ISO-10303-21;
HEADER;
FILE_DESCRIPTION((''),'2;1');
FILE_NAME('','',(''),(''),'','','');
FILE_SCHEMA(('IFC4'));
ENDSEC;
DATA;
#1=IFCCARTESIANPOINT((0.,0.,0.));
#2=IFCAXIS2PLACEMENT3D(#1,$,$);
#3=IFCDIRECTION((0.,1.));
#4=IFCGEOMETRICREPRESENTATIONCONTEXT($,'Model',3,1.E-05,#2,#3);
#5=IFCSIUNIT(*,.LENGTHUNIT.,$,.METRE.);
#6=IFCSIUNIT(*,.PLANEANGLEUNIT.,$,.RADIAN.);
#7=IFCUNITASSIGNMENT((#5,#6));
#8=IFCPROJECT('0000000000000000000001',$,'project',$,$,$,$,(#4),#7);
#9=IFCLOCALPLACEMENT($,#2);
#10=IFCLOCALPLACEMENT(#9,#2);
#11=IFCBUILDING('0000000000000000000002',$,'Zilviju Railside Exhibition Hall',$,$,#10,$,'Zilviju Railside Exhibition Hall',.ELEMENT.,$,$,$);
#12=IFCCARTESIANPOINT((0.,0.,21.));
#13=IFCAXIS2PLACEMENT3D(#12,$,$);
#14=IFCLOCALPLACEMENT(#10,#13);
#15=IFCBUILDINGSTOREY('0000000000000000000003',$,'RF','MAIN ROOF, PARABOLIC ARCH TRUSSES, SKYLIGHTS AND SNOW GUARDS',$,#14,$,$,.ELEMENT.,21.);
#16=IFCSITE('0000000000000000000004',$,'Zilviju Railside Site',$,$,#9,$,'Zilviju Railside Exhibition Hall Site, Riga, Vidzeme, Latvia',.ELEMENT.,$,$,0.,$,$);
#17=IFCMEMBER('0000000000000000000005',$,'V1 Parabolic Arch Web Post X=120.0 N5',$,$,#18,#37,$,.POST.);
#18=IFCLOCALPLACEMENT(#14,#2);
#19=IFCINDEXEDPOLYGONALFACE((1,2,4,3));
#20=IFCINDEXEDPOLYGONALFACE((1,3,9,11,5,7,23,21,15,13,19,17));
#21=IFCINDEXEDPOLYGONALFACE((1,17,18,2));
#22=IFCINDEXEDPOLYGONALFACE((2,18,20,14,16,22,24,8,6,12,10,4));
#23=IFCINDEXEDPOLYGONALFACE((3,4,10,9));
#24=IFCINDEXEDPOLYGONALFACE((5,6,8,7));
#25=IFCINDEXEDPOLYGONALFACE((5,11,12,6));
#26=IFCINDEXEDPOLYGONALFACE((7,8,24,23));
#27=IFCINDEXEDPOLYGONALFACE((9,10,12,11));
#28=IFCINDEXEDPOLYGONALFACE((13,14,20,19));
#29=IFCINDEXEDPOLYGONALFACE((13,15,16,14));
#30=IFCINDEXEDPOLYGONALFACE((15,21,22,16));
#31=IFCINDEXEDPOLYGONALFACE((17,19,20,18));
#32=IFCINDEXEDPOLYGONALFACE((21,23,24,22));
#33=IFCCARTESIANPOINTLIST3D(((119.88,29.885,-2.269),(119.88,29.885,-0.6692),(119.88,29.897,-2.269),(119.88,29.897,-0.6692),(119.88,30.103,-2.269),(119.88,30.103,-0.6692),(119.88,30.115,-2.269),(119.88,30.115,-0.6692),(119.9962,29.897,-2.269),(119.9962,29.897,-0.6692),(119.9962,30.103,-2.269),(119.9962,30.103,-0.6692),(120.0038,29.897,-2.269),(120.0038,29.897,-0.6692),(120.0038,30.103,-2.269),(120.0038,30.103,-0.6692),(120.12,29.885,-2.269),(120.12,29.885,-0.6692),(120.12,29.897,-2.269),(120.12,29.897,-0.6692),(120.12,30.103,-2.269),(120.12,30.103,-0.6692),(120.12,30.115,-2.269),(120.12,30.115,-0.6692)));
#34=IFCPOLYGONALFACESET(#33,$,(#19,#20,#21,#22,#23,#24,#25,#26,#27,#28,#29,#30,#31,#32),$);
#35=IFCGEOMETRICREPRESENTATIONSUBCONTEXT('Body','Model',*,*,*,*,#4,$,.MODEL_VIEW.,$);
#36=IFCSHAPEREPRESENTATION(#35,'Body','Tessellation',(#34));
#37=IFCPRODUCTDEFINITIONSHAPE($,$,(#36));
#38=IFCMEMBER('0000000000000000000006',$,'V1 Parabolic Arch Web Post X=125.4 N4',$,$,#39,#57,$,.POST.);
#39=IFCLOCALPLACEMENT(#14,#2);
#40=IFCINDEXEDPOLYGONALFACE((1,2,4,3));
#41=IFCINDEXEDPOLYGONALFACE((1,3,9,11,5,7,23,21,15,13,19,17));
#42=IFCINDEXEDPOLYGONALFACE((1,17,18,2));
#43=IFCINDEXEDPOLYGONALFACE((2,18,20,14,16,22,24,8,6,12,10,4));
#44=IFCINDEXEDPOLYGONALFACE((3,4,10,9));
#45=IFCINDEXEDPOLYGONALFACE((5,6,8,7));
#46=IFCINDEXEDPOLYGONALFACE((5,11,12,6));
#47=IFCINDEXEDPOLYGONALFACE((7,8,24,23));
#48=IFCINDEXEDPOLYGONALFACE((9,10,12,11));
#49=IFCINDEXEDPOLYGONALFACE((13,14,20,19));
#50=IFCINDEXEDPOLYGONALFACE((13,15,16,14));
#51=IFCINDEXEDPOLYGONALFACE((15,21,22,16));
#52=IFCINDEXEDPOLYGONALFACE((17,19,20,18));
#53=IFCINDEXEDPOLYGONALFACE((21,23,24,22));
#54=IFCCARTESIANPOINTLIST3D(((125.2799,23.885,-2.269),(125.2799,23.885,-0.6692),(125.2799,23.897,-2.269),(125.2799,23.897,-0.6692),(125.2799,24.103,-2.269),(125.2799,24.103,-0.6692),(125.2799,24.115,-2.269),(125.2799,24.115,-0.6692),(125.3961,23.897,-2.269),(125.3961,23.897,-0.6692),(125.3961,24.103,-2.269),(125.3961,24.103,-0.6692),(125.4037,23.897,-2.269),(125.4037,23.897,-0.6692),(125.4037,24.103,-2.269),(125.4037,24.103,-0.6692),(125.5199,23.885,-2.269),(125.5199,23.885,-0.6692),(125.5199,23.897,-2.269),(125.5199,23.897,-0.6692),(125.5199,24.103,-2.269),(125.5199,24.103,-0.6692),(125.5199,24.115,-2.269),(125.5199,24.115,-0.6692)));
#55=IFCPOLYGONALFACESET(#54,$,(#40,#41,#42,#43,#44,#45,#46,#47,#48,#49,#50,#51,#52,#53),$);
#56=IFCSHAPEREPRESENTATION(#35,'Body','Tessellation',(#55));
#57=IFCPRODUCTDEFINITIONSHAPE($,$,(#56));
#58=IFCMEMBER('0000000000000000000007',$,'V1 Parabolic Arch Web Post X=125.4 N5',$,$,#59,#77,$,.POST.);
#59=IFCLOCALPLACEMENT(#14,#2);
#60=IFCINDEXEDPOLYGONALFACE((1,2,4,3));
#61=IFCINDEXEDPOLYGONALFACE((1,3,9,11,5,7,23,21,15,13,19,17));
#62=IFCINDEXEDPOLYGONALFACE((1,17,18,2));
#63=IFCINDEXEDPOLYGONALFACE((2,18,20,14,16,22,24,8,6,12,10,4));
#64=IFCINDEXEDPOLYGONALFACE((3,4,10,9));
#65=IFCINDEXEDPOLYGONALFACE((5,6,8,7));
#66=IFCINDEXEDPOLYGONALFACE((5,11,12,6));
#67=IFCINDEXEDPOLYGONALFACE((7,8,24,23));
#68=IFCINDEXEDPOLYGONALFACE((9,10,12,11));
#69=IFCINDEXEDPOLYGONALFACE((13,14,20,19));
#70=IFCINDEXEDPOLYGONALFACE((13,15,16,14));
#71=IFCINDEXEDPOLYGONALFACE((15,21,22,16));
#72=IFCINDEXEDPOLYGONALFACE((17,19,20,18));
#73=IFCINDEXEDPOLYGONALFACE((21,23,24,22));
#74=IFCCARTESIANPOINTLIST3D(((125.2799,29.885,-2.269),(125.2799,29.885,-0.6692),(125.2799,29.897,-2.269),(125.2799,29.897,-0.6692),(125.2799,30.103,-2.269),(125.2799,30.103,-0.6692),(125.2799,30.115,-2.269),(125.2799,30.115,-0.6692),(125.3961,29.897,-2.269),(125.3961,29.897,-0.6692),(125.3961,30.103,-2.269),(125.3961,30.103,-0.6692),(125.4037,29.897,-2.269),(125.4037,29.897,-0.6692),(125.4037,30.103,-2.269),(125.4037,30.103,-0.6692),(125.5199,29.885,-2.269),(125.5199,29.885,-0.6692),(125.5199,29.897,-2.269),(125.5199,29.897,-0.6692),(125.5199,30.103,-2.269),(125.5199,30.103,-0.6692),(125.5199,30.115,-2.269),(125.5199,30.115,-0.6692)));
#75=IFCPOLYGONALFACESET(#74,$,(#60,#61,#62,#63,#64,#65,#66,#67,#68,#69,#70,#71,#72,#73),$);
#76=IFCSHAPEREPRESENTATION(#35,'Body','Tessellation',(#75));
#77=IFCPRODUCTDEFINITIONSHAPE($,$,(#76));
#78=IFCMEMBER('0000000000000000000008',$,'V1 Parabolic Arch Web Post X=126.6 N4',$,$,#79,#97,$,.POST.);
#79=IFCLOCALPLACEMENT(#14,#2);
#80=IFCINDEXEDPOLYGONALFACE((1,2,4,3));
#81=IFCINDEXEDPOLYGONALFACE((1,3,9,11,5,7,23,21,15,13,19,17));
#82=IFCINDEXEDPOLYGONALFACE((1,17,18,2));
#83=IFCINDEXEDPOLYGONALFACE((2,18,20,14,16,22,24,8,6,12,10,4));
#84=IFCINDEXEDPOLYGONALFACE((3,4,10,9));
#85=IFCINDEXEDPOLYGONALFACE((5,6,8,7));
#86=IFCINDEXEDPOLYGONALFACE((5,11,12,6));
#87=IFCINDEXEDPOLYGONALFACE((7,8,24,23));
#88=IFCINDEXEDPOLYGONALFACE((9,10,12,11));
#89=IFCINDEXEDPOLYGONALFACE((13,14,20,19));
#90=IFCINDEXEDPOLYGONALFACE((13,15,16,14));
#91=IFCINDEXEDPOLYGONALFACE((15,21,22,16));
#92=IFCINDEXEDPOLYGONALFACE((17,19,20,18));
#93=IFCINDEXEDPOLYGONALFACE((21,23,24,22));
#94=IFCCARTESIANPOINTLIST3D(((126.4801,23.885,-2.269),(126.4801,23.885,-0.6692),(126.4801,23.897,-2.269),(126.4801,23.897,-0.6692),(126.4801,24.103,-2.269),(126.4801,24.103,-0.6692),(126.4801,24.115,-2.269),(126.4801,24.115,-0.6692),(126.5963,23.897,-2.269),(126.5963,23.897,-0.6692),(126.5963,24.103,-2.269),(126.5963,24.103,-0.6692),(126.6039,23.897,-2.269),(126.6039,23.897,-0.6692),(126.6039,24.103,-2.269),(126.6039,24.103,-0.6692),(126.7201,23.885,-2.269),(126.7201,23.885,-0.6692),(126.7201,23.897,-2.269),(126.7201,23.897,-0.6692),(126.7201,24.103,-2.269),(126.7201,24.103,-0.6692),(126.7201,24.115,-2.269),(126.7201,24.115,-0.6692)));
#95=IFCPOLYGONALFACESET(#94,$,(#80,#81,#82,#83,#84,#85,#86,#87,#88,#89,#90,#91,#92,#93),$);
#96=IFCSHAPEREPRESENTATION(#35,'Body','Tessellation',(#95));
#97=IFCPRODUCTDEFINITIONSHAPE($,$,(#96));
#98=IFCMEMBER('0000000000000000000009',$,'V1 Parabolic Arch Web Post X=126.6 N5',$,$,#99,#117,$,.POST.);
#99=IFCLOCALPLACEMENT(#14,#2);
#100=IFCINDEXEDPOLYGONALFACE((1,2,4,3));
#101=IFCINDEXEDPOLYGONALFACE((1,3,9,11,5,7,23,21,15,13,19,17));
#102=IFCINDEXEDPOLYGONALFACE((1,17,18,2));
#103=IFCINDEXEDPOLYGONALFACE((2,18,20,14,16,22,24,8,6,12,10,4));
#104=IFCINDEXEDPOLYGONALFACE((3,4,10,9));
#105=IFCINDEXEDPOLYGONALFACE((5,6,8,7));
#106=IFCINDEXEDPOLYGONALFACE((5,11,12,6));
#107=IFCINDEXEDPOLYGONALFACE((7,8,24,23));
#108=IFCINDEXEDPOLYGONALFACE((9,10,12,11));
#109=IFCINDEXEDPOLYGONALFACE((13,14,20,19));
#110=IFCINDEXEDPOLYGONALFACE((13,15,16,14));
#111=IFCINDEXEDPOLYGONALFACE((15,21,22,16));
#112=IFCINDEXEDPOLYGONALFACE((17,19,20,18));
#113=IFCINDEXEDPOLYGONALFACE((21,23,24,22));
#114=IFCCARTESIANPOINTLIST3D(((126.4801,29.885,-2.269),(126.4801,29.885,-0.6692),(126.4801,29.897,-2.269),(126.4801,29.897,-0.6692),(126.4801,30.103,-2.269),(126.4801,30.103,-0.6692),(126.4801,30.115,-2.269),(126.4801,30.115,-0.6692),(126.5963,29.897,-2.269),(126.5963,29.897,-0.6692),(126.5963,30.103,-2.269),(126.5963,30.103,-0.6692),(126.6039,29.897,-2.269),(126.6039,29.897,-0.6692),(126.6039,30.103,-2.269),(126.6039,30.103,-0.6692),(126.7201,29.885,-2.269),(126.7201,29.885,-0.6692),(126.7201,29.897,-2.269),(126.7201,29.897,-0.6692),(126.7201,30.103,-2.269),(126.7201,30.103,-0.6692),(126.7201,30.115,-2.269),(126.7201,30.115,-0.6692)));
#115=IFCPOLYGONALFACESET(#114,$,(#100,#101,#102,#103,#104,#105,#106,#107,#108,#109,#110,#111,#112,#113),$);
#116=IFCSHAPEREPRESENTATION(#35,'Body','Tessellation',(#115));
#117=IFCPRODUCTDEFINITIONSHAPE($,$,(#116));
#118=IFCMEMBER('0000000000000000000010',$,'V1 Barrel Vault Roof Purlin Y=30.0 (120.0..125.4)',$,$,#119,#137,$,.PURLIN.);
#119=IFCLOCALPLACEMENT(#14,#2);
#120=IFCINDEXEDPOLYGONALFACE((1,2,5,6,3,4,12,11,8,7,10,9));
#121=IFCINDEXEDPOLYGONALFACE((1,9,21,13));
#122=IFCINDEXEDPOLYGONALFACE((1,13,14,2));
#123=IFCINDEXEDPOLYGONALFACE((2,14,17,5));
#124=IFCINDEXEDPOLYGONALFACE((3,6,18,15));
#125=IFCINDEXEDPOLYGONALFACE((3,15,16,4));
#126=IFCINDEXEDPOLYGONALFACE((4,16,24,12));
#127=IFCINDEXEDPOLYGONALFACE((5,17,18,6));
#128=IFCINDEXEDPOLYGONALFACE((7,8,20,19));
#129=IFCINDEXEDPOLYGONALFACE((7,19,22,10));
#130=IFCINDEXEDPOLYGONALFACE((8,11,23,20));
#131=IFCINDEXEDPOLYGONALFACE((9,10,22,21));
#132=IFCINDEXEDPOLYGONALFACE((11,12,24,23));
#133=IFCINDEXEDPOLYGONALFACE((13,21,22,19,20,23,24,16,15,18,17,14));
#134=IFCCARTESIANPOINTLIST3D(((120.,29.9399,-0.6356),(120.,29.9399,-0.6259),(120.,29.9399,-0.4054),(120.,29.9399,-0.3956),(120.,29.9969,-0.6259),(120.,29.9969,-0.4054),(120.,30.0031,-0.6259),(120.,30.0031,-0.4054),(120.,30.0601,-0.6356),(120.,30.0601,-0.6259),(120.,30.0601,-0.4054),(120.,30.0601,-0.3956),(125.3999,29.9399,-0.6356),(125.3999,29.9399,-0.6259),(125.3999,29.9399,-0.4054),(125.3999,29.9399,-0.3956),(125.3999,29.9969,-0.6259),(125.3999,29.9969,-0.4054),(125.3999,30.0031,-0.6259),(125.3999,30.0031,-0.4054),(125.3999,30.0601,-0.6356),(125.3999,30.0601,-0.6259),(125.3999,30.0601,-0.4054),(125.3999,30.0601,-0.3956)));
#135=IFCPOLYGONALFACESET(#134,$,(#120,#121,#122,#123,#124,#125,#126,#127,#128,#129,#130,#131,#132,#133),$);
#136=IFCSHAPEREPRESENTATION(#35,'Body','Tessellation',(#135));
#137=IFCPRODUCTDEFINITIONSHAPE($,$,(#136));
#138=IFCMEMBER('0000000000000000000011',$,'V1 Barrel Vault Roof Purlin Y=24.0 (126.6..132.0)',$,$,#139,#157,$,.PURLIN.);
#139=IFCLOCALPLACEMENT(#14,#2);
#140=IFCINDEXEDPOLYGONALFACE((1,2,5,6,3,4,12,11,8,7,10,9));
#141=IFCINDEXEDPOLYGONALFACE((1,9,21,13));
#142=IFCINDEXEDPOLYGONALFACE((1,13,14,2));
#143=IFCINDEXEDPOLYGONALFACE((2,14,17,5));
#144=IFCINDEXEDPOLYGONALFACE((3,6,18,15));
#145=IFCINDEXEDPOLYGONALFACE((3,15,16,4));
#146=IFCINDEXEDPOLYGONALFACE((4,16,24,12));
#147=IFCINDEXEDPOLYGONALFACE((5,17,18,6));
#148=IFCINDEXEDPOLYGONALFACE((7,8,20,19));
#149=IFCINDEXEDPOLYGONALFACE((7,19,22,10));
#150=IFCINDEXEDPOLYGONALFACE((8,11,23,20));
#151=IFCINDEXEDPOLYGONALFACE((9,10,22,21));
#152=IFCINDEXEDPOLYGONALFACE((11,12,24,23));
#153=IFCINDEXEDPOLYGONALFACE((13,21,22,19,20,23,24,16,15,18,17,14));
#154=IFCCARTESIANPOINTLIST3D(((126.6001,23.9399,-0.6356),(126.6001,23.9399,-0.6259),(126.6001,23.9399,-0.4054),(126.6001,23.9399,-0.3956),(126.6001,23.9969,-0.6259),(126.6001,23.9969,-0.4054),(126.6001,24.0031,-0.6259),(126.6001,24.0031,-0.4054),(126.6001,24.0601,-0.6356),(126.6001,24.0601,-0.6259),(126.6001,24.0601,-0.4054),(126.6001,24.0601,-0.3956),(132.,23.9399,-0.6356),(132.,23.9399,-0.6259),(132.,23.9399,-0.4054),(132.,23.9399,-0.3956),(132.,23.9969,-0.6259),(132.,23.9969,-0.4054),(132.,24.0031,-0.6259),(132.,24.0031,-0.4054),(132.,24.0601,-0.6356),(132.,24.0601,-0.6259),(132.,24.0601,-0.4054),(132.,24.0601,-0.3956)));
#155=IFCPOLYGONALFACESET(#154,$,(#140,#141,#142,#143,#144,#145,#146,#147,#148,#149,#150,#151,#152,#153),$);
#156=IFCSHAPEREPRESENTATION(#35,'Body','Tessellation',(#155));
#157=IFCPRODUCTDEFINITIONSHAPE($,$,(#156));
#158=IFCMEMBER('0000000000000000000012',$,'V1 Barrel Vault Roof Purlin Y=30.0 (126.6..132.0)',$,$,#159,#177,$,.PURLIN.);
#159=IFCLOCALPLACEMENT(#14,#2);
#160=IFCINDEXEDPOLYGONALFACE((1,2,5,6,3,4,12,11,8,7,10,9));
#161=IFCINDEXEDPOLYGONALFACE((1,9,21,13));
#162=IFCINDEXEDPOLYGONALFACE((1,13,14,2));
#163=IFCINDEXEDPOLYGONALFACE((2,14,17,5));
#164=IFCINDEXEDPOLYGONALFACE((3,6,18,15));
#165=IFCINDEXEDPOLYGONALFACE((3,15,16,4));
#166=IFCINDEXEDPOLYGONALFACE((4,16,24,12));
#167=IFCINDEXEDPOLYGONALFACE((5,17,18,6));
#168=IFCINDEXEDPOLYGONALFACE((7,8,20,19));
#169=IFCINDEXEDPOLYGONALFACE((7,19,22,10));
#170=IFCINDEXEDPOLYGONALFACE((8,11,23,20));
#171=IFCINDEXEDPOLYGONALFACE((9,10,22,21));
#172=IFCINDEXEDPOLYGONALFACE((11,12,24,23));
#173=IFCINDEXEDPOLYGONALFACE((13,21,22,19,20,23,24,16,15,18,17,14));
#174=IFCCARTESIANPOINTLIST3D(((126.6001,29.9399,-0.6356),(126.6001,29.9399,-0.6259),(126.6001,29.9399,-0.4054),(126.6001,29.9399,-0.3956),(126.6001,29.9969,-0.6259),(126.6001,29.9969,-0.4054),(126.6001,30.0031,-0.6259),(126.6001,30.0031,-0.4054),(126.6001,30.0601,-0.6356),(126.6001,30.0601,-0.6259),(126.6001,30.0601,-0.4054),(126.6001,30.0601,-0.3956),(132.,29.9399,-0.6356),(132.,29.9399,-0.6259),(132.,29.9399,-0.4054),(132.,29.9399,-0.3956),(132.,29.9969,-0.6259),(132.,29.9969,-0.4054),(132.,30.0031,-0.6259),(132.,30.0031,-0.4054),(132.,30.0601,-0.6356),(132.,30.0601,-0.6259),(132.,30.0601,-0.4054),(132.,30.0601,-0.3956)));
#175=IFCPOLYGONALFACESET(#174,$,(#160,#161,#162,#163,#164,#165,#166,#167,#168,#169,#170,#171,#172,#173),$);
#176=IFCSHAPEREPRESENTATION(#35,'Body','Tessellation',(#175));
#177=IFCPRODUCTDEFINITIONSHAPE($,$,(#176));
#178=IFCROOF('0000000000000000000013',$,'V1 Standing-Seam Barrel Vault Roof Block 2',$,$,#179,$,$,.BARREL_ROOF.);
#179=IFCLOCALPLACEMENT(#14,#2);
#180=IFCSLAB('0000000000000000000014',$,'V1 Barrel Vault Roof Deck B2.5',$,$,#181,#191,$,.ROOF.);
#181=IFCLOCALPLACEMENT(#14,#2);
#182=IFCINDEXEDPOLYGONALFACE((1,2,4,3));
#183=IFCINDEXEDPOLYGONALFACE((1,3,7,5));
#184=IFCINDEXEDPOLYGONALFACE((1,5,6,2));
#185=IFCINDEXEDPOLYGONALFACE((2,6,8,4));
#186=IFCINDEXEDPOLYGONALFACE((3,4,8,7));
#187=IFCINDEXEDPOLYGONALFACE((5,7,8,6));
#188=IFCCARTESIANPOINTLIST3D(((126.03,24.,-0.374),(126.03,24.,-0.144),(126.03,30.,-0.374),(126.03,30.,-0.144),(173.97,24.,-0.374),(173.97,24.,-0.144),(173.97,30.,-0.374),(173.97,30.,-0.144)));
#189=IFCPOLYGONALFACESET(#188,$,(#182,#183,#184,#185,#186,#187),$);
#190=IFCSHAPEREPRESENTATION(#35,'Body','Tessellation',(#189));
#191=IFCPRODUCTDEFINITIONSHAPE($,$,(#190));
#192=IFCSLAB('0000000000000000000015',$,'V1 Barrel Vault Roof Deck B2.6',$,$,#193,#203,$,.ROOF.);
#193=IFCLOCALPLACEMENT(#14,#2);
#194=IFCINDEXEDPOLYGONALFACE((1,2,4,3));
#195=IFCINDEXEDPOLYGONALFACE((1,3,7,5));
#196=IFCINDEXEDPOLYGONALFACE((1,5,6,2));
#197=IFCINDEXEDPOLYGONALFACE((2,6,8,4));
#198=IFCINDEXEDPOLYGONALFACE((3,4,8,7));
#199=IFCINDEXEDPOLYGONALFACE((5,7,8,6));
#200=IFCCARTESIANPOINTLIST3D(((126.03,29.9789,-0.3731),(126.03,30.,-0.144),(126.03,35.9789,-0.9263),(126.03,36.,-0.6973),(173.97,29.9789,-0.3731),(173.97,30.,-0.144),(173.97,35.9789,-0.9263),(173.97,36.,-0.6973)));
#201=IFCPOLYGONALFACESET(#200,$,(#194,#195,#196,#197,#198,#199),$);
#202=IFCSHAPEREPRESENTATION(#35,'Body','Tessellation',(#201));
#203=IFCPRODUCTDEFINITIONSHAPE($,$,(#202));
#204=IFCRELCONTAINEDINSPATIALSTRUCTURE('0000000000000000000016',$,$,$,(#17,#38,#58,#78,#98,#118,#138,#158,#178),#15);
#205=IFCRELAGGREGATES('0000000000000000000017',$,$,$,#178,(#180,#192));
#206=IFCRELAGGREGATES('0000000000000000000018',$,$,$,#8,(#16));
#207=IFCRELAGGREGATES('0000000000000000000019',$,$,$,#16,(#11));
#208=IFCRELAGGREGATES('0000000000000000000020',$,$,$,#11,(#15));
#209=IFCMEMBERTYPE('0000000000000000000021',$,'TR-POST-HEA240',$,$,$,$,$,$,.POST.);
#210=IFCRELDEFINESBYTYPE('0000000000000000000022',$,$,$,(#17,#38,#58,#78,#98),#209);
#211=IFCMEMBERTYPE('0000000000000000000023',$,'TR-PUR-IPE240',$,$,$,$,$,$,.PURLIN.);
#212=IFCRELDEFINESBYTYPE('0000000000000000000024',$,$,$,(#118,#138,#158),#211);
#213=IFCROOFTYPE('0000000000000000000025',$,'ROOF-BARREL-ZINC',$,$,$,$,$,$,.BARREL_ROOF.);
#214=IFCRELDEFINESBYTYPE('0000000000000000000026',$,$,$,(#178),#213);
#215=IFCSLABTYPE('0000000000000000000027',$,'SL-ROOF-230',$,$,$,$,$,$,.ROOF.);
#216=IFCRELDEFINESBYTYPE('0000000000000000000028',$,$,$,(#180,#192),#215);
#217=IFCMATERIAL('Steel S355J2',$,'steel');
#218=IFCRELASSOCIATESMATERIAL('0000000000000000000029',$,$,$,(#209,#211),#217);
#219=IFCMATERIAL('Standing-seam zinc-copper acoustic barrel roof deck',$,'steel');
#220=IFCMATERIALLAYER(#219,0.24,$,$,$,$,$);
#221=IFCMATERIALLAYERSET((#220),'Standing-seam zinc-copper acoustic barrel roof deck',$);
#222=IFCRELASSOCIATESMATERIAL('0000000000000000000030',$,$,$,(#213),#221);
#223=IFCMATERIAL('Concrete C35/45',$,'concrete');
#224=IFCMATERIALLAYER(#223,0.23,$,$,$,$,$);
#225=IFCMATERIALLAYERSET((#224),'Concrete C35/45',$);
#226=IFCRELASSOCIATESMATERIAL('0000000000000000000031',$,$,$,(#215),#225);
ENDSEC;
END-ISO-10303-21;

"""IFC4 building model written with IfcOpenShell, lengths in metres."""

from ifc_helpers import new_model, si_unit, direction, frame, origin, origin_2d, place, context, subcontext, project, spatial, polyline, i_section, outline, extrude, material, layer, layer_set, material_profile, profile_set, type_object, element, aggregate, save


model = new_model("IFC4")

# Units and contexts
model_context = context("Model", 3, precision=1e-05, world=origin(), true_north=direction((0.0, 1.0)))
body_context = subcontext(model_context, "Body", "Model", "MODEL_VIEW")
ifc_project = project(units=[si_unit("LENGTHUNIT", "METRE"), si_unit("PLANEANGLEUNIT", "RADIAN")], contexts=[model_context])

# Site, building, storey
site_placement = place(None, origin())
site = spatial("IfcSite", under=ifc_project, at=site_placement, Name="Zilviju Railside Site", LongName="Zilviju Railside Exhibition Hall Site, Riga, Vidzeme, Latvia", CompositionType="ELEMENT", RefElevation=0.0)
building_placement = place(site_placement, origin())
building = spatial("IfcBuilding", under=site, at=building_placement, Name="Zilviju Railside Exhibition Hall", LongName="Zilviju Railside Exhibition Hall", CompositionType="ELEMENT")
storey_placement = place(building_placement, frame((0.0, 0.0, 21.0)))
storey = spatial("IfcBuildingStorey", under=building, at=storey_placement, Name="RF", Description="MAIN ROOF, PARABOLIC ARCH TRUSSES, SKYLIGHTS AND SNOW GUARDS", CompositionType="ELEMENT", Elevation=21.0)

# Members
ifc_material_1 = material(Name="Steel S355J2", Category="steel")
ifc_material_profile_1 = material_profile(ifc_material_1, i_section(OverallWidth=0.24, OverallDepth=0.23, WebThickness=0.0076, FlangeThickness=0.012, at=origin_2d()), Name="HEA 240")
ifc_profile_set_1 = profile_set([ifc_material_profile_1], Name="Steel S355J2")
member_type_1 = type_object("IfcMemberType", Name="TR-POST-HEA240", PredefinedType="POST", material=ifc_profile_set_1)
for number, where, z_axis, x_axis, name in (
    (1, (120.0, 30.0, -2.269), (0.0, 0.0, 1.0), (1.0, 0.0, 0.0), "V1 Parabolic Arch Web Post X=120.0 N5"),
    (2, (125.3999, 24.0, -2.269), (0.0, 0.0, 1.0), (1.0, 0.0, 0.0), "V1 Parabolic Arch Web Post X=125.4 N4"),
    (3, (125.3999, 30.0, -2.269), (0.0, 0.0, 1.0), (1.0, 0.0, 0.0), "V1 Parabolic Arch Web Post X=125.4 N5"),
    (4, (126.6001, 24.0, -2.269), (0.0, 0.0, 1.0), (1.0, 0.0, 0.0), "V1 Parabolic Arch Web Post X=126.6 N4"),
    (5, (126.6001, 30.0, -2.269), (0.0, 0.0, 1.0), (1.0, 0.0, 0.0), "V1 Parabolic Arch Web Post X=126.6 N5"),
):
    element("IfcMember", number, at=place(storey_placement, frame(where, z_axis=z_axis, x_axis=x_axis)), inside=storey, type_object=member_type_1, Name=name, PredefinedType="POST", context=body_context, shape_type="SweptSolid", body=[
        extrude(i_section(OverallWidth=0.24, OverallDepth=0.23, WebThickness=0.0076, FlangeThickness=0.012, at=origin_2d()), origin(), (0.0, 0.0, 1.0), 1.5999),
    ])
ifc_material_profile_2 = material_profile(ifc_material_1, i_section(OverallWidth=0.1201, OverallDepth=0.24, WebThickness=0.0061, FlangeThickness=0.0098, at=origin_2d()), Name="IPE 240")
ifc_profile_set_2 = profile_set([ifc_material_profile_2], Name="Steel S355J2")
member_type_2 = type_object("IfcMemberType", Name="TR-PUR-IPE240", PredefinedType="PURLIN", material=ifc_profile_set_2)
for number, where, z_axis, x_axis, name in (
    (6, (120.0, 30.0, -0.5156), (1.0, 0.0, 0.0), (0.0, 1.0, 0.0), "V1 Barrel Vault Roof Purlin Y=30.0 (120.0..125.4)"),
    (7, (126.6001, 24.0, -0.5156), (1.0, 0.0, 0.0), (0.0, 1.0, 0.0), "V1 Barrel Vault Roof Purlin Y=24.0 (126.6..132.0)"),
    (8, (126.6001, 30.0, -0.5156), (1.0, 0.0, 0.0), (0.0, 1.0, 0.0), "V1 Barrel Vault Roof Purlin Y=30.0 (126.6..132.0)"),
):
    element("IfcMember", number, at=place(storey_placement, frame(where, z_axis=z_axis, x_axis=x_axis)), inside=storey, type_object=member_type_2, Name=name, PredefinedType="PURLIN", context=body_context, shape_type="SweptSolid", body=[
        extrude(i_section(OverallWidth=0.1201, OverallDepth=0.24, WebThickness=0.0061, FlangeThickness=0.0098, at=origin_2d()), origin(), (0.0, 0.0, 1.0), 5.3999),
    ])

# Roof, slabs
ifc_material_2 = material(Name="Standing-seam zinc-copper acoustic barrel roof deck", Category="steel")
ifc_layer_1 = layer(ifc_material_2, 0.24)
ifc_layer_set_1 = layer_set([ifc_layer_1], Name="Standing-seam zinc-copper acoustic barrel roof deck")
roof_type = type_object("IfcRoofType", Name="ROOF-BARREL-ZINC", PredefinedType="BARREL_ROOF", material=ifc_layer_set_1)
roof_placement = place(storey_placement, origin())
roof = element("IfcRoof", 9, at=roof_placement, inside=storey, type_object=roof_type, Name="V1 Standing-Seam Barrel Vault Roof Block 2", PredefinedType="BARREL_ROOF")
ifc_material_3 = material(Name="Concrete C35/45", Category="concrete")
ifc_layer_2 = layer(ifc_material_3, 0.23)
ifc_layer_set_2 = layer_set([ifc_layer_2], Name="Concrete C35/45")
slab_type = type_object("IfcSlabType", Name="SL-ROOF-230", PredefinedType="ROOF", material=ifc_layer_set_2)
slab_1_placement = place(storey_placement, frame((126.03, 24.0, -0.144), z_axis=(0.0, 0.0, 1.0), x_axis=(1.0, 0.0, 0.0)))
slab_1 = element("IfcSlab", 10, at=slab_1_placement, type_object=slab_type, Name="V1 Barrel Vault Roof Deck B2.5", PredefinedType="ROOF", context=body_context, shape_type="SweptSolid", body=[
    extrude(outline(polyline([(0.0, 0.0), (47.9399, 0.0), (47.9399, 6.0), (0.0, 6.0), (0.0, 0.0)])), origin(), (0.0, 0.0, -1.0), 0.23),
])
slab_2_placement = place(storey_placement, frame((126.03, 30.0, -0.144), z_axis=(0.0, 0.091814, 0.995776), x_axis=(1.0, 0.0, 0.0)))
slab_2 = element("IfcSlab", 11, at=slab_2_placement, type_object=slab_type, Name="V1 Barrel Vault Roof Deck B2.6", PredefinedType="ROOF", context=body_context, shape_type="SweptSolid", body=[
    extrude(outline(polyline([(0.0, 0.0), (47.9399, 0.0), (47.9399, 6.0255), (0.0, 6.0255), (0.0, 0.0)])), origin(), (0.0, 0.0, -1.0), 0.23),
])
aggregate(roof, [slab_1, slab_2])

save(model, "model.ifc")
